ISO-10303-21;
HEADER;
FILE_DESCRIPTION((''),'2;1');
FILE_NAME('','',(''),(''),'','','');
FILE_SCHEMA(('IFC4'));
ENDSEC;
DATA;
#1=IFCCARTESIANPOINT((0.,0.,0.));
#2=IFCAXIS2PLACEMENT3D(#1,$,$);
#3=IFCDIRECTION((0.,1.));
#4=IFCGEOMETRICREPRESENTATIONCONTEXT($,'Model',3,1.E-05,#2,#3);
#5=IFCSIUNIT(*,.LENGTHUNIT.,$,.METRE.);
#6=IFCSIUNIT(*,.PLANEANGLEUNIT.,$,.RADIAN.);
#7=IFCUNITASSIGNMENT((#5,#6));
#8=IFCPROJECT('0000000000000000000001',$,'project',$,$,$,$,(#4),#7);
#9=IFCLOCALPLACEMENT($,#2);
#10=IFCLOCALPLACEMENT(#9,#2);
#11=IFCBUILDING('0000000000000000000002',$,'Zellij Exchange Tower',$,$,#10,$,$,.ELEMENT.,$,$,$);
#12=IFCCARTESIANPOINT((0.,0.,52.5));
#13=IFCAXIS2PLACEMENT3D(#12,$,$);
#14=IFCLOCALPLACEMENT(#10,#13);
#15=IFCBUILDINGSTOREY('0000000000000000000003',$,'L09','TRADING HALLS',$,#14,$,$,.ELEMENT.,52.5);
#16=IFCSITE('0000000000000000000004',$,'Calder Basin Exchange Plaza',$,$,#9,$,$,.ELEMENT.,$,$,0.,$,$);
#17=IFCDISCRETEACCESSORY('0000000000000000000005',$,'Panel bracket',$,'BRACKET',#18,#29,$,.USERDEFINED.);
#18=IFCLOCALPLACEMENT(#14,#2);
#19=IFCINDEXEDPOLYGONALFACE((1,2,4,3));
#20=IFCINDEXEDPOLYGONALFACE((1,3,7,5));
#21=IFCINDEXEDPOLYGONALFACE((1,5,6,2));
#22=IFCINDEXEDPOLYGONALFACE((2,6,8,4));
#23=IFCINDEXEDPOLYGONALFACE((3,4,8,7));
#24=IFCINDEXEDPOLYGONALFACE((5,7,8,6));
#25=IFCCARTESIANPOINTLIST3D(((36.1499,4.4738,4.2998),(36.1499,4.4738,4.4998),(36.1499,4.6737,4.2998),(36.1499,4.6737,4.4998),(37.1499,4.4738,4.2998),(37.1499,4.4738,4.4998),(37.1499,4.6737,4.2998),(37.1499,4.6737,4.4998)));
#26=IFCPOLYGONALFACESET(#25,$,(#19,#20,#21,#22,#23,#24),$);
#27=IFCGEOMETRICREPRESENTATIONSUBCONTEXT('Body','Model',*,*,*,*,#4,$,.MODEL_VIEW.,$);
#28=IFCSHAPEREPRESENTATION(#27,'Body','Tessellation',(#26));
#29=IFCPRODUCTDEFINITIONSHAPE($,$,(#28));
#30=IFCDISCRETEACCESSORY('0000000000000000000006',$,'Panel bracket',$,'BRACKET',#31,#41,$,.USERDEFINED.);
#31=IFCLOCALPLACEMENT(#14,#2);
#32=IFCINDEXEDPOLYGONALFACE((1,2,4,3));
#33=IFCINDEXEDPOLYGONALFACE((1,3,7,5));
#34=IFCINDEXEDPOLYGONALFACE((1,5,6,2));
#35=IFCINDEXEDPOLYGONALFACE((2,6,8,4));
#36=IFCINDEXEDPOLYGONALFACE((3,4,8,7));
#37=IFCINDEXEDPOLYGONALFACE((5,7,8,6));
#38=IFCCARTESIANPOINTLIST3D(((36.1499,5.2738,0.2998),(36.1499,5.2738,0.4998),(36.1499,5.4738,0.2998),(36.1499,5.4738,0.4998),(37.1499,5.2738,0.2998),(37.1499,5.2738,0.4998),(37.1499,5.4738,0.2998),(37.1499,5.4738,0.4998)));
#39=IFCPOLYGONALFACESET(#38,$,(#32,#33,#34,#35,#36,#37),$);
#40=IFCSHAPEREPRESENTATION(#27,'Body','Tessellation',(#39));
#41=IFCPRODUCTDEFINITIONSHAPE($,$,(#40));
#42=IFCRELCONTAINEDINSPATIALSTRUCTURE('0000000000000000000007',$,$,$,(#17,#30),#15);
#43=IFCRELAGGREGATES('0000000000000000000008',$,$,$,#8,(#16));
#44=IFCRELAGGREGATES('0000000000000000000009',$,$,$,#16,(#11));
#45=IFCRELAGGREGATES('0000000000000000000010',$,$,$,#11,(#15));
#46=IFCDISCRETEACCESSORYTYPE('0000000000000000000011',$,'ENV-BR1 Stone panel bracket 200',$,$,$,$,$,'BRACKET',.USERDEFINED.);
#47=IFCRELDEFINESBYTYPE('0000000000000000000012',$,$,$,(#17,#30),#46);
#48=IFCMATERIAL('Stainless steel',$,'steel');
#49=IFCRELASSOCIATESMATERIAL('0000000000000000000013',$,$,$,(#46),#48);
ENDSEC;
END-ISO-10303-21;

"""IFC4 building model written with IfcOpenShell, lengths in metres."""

from ifc_helpers import new_model, si_unit, direction, frame, origin, origin_2d, place, context, subcontext, project, spatial, rectangle, extrude, material, type_object, element, save


model = new_model("IFC4")

# Units and contexts
model_context = context("Model", 3, precision=1e-05, world=origin(), true_north=direction((0.0, 1.0)))
body_context = subcontext(model_context, "Body", "Model", "MODEL_VIEW")
ifc_project = project(units=[si_unit("LENGTHUNIT", "METRE"), si_unit("PLANEANGLEUNIT", "RADIAN")], contexts=[model_context])

# Site, building, storey
site_placement = place(None, origin())
site = spatial("IfcSite", under=ifc_project, at=site_placement, Name="Calder Basin Exchange Plaza", CompositionType="ELEMENT", RefElevation=0.0)
building_placement = place(site_placement, origin())
building = spatial("IfcBuilding", under=site, at=building_placement, Name="Zellij Exchange Tower", CompositionType="ELEMENT")
storey_placement = place(building_placement, frame((0.0, 0.0, 52.5)))
storey = spatial("IfcBuildingStorey", under=building, at=storey_placement, Name="L09", Description="TRADING HALLS", CompositionType="ELEMENT", Elevation=52.5)

# Discrete accessories
ifc_material_1 = material(Name="Stainless steel", Category="steel")
discrete_accessory_type = type_object("IfcDiscreteAccessoryType", Name="ENV-BR1 Stone panel bracket 200", ElementType="BRACKET", PredefinedType="USERDEFINED", material=ifc_material_1)
for number, where, z_axis, x_axis, name in (
    (1, (36.6499, 4.5737, 4.2998), (0.0, 0.0, 1.0), (0.0, 1.0, 0.0), "Panel bracket"),
    (2, (36.6499, 5.3738, 0.2998), (0.0, 0.0, 1.0), (0.0, 1.0, 0.0), "Panel bracket"),
):
    element("IfcDiscreteAccessory", number, at=place(storey_placement, frame(where, z_axis=z_axis, x_axis=x_axis)), inside=storey, type_object=discrete_accessory_type, Name=name, ObjectType="BRACKET", PredefinedType="USERDEFINED", context=body_context, shape_type="SweptSolid", body=[
        extrude(rectangle(XDim=0.2, YDim=1.0, at=origin_2d()), origin(), (0.0, 0.0, 1.0), 0.2),
    ])

save(model, "model.ifc")
